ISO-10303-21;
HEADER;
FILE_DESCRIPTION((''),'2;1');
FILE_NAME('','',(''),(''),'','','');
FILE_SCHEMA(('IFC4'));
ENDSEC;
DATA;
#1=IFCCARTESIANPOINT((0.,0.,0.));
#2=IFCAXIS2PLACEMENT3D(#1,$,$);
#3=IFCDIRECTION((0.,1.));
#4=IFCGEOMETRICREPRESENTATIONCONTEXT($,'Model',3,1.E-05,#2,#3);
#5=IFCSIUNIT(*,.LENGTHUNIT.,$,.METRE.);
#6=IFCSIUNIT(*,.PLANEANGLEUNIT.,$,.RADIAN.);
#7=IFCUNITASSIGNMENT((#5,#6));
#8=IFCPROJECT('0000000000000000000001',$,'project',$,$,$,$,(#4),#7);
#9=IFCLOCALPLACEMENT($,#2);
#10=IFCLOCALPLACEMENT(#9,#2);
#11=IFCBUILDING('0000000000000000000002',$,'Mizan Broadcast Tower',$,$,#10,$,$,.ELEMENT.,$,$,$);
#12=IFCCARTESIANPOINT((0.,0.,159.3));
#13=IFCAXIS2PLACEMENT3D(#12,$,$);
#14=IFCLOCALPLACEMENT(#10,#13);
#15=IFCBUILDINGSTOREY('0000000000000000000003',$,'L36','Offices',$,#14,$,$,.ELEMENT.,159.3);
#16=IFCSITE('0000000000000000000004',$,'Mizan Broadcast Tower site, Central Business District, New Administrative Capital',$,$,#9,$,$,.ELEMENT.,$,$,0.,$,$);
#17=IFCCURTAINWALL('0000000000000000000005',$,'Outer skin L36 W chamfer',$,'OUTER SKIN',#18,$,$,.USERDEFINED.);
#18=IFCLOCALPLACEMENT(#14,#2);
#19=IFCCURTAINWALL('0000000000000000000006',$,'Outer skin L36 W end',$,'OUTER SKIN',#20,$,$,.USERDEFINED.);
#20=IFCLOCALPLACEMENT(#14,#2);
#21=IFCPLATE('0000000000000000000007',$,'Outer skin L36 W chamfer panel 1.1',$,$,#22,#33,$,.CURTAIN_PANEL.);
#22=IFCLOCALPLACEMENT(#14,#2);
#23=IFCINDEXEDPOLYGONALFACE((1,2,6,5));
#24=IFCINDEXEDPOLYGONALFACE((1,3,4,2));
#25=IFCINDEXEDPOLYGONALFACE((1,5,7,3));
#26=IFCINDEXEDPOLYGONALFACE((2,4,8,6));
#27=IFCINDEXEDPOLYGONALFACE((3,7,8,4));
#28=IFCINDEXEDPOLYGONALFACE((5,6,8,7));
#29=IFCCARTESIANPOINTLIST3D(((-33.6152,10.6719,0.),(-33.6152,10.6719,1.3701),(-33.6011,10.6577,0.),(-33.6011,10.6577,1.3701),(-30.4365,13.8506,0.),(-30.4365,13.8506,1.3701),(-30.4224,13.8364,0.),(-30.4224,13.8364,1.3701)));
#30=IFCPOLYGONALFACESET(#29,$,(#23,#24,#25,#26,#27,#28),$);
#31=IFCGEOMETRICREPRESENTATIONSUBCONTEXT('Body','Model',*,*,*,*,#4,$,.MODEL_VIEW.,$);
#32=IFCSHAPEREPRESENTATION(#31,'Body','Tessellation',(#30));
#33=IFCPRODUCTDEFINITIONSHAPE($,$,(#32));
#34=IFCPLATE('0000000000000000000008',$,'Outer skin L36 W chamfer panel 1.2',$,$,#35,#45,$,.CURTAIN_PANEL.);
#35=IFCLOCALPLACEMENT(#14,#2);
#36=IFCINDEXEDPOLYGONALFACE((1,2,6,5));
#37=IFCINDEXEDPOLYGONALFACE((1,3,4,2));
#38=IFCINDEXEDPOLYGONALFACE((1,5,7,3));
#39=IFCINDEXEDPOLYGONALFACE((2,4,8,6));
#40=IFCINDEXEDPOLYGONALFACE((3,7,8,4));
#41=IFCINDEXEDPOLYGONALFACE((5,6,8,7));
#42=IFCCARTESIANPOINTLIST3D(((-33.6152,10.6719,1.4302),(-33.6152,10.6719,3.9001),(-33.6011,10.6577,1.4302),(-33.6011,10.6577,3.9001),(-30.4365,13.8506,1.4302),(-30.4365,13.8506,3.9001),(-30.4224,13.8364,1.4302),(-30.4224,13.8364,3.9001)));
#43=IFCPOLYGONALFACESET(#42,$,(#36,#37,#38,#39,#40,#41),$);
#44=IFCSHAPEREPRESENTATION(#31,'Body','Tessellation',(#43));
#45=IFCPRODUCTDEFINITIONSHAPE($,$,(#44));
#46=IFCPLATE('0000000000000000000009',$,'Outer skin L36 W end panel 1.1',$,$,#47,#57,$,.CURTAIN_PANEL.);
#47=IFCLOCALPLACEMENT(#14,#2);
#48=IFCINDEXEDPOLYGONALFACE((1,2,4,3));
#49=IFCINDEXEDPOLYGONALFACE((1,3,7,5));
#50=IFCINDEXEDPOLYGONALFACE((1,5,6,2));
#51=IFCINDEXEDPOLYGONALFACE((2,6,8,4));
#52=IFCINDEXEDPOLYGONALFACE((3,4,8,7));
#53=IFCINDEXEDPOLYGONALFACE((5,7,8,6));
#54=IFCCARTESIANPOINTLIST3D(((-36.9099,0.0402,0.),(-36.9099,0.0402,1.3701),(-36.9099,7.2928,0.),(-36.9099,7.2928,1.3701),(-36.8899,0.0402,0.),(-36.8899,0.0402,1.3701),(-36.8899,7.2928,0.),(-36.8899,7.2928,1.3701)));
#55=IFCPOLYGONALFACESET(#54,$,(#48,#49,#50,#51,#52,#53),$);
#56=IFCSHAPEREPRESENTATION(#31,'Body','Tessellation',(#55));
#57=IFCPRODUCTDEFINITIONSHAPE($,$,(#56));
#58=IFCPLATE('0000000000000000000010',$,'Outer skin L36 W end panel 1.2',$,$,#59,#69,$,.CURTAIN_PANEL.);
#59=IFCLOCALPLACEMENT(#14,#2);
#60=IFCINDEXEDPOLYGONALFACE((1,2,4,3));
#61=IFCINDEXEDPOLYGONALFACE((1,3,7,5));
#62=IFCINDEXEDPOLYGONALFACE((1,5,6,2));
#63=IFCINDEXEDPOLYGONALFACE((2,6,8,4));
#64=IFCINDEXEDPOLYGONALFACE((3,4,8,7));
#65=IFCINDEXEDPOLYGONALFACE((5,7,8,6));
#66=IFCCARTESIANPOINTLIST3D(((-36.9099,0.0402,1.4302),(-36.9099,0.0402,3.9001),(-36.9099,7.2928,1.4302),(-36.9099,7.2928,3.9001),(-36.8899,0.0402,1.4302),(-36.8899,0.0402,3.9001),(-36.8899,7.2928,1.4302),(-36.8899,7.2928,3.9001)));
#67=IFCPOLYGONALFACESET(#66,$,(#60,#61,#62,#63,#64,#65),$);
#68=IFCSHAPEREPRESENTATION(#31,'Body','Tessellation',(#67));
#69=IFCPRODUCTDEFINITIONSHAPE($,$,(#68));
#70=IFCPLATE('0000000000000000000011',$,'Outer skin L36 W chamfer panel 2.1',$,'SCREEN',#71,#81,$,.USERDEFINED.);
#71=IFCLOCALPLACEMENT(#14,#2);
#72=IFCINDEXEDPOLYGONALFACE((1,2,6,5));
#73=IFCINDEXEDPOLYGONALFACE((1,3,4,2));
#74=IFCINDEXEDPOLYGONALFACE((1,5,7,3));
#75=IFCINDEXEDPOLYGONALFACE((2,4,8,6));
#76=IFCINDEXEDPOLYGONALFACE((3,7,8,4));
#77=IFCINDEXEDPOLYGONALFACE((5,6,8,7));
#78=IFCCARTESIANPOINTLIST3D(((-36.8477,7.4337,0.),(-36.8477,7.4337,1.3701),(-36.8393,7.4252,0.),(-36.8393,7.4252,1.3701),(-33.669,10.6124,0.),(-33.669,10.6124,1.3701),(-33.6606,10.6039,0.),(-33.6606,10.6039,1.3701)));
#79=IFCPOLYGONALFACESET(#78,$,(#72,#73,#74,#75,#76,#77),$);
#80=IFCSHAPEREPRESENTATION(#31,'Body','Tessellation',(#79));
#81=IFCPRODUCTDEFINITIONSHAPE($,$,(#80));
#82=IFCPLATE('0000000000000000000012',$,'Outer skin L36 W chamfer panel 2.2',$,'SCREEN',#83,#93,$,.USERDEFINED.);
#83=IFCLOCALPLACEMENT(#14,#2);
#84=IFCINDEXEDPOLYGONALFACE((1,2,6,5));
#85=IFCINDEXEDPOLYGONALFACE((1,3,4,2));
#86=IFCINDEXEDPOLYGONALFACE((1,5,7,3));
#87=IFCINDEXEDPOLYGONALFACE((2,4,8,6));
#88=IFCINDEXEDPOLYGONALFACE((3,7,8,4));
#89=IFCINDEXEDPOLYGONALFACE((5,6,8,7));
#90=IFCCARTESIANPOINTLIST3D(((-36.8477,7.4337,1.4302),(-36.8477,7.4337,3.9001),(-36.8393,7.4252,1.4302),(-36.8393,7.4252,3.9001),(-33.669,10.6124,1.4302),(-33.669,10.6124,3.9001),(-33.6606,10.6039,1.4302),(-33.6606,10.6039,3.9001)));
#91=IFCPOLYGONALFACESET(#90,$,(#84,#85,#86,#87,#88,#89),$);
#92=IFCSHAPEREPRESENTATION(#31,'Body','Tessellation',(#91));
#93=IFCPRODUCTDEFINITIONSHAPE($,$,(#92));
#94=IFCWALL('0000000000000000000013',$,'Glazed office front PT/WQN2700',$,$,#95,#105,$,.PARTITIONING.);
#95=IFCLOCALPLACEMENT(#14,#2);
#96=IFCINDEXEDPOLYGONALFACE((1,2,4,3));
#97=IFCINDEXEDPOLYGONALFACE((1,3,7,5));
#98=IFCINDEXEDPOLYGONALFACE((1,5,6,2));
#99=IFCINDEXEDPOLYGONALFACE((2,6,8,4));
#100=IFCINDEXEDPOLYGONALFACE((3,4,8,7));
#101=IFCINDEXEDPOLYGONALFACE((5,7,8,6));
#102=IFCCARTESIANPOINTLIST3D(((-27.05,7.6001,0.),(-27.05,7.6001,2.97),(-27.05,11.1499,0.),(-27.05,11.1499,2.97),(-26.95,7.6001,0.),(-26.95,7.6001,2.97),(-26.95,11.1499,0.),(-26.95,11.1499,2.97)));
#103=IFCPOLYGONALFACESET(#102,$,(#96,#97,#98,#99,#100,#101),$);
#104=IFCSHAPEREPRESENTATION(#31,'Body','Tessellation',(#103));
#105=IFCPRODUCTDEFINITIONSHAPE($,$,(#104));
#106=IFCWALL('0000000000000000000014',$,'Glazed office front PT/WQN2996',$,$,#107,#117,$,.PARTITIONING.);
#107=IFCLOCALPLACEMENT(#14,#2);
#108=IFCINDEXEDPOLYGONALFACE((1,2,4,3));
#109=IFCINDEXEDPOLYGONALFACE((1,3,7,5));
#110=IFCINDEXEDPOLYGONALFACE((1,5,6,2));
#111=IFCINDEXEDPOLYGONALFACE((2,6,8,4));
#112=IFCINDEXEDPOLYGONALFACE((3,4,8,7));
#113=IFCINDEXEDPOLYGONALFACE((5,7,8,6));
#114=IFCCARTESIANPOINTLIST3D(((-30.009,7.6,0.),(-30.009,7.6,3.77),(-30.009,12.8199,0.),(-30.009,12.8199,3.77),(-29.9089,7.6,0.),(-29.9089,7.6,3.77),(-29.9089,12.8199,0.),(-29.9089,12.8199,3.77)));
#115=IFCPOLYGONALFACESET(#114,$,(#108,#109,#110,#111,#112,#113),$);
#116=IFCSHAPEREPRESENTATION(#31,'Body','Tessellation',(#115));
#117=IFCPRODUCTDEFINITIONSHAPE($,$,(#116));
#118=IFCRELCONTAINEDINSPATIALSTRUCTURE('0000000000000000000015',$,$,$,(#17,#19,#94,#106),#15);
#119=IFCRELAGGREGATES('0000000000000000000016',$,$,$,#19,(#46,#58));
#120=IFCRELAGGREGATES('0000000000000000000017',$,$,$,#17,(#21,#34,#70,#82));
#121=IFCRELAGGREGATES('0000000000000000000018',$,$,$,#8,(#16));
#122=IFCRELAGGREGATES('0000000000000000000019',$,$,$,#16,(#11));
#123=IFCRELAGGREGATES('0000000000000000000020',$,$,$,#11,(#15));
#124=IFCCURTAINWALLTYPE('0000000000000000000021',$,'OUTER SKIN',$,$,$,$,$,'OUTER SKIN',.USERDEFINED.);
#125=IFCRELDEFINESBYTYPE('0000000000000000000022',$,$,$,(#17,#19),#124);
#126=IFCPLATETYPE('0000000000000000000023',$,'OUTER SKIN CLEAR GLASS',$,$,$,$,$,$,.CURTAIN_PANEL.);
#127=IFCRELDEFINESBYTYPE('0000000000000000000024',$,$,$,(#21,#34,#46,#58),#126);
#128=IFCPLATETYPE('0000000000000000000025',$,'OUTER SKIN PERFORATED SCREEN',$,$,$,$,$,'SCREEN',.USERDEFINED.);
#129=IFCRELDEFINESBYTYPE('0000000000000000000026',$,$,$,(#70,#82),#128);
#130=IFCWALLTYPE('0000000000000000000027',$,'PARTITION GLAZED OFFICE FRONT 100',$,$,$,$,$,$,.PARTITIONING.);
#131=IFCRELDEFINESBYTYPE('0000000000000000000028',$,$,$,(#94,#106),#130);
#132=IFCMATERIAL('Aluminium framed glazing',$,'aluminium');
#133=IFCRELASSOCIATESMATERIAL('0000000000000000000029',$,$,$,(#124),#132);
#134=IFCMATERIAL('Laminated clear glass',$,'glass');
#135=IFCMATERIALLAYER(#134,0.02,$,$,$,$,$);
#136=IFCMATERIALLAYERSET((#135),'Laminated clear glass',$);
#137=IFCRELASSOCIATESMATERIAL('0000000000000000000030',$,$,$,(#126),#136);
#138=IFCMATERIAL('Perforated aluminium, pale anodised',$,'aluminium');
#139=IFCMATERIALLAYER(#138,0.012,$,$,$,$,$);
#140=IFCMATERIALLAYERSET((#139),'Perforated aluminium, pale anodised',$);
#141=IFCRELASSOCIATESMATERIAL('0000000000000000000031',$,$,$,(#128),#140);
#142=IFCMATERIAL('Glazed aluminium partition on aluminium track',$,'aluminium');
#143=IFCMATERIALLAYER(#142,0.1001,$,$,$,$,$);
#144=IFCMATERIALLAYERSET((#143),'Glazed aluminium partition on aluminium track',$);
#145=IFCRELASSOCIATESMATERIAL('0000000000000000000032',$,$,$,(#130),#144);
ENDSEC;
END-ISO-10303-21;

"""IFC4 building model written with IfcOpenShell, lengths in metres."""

from ifc_helpers import new_model, si_unit, direction, frame, frame_2d, origin, origin_2d, place, context, subcontext, project, spatial, rectangle, extrude, material, layer, layer_set, type_object, element, aggregate, save


model = new_model("IFC4")

# Units and contexts
model_context = context("Model", 3, precision=1e-05, world=origin(), true_north=direction((0.0, 1.0)))
body_context = subcontext(model_context, "Body", "Model", "MODEL_VIEW")
ifc_project = project(units=[si_unit("LENGTHUNIT", "METRE"), si_unit("PLANEANGLEUNIT", "RADIAN")], contexts=[model_context])

# Site, building, storey
site_placement = place(None, origin())
site = spatial("IfcSite", under=ifc_project, at=site_placement, Name="Mizan Broadcast Tower site, Central Business District, New Administrative Capital", CompositionType="ELEMENT", RefElevation=0.0)
building_placement = place(site_placement, origin())
building = spatial("IfcBuilding", under=site, at=building_placement, Name="Mizan Broadcast Tower", CompositionType="ELEMENT")
storey_placement = place(building_placement, frame((0.0, 0.0, 159.3)))
storey = spatial("IfcBuildingStorey", under=building, at=storey_placement, Name="L36", Description="Offices", CompositionType="ELEMENT", Elevation=159.3)

# Shared definitions
ifc_material_1 = material(Name="Aluminium framed glazing", Category="aluminium")
curtain_wall_type_1 = type_object("IfcCurtainWallType", Name="OUTER SKIN", ElementType="OUTER SKIN", PredefinedType="USERDEFINED", material=ifc_material_1)

# Curtain wall
curtain_wall_1_placement = place(storey_placement, origin())
curtain_wall_1 = element("IfcCurtainWall", 1, at=curtain_wall_1_placement, inside=storey, type_object=curtain_wall_type_1, Name="Outer skin L36 W chamfer", ObjectType="OUTER SKIN", PredefinedType="USERDEFINED")

# Curtain wall
curtain_wall_2_placement = place(storey_placement, origin())
curtain_wall_2 = element("IfcCurtainWall", 2, at=curtain_wall_2_placement, inside=storey, type_object=curtain_wall_type_1, Name="Outer skin L36 W end", ObjectType="OUTER SKIN", PredefinedType="USERDEFINED")

# Plates
ifc_material_2 = material(Name="Laminated clear glass", Category="glass")
ifc_layer_1 = layer(ifc_material_2, 0.02)
ifc_layer_set_1 = layer_set([ifc_layer_1], Name="Laminated clear glass")
plate_type_1 = type_object("IfcPlateType", Name="OUTER SKIN CLEAR GLASS", PredefinedType="CURTAIN_PANEL", material=ifc_layer_set_1)
plate_1_placement = place(storey_placement, frame((-32.0188, 12.2542, 0.0), z_axis=(0.0, 0.0, 1.0), x_axis=(-0.707107, -0.707107, 0.0)))
plate_1 = element("IfcPlate", 3, at=plate_1_placement, type_object=plate_type_1, Name="Outer skin L36 W chamfer panel 1.1", PredefinedType="CURTAIN_PANEL", context=body_context, shape_type="SweptSolid", body=[
    extrude(rectangle(XDim=4.4954, YDim=0.02, at=origin_2d()), origin(), (0.0, 0.0, 1.0), 1.3701),
])
plate_2_placement = place(storey_placement, frame((-32.0188, 12.2542, 1.4302), z_axis=(0.0, 0.0, 1.0), x_axis=(-0.707107, -0.707107, 0.0)))
plate_2 = element("IfcPlate", 4, at=plate_2_placement, type_object=plate_type_1, Name="Outer skin L36 W chamfer panel 1.2", PredefinedType="CURTAIN_PANEL", context=body_context, shape_type="SweptSolid", body=[
    extrude(rectangle(XDim=4.4954, YDim=0.02, at=origin_2d()), origin(), (0.0, 0.0, 1.0), 2.47),
])
plate_3_placement = place(storey_placement, frame((-36.8999, 3.6665, 0.0), z_axis=(0.0, 0.0, 1.0), x_axis=(0.0, -1.0, 0.0)))
plate_3 = element("IfcPlate", 5, at=plate_3_placement, type_object=plate_type_1, Name="Outer skin L36 W end panel 1.1", PredefinedType="CURTAIN_PANEL", context=body_context, shape_type="SweptSolid", body=[
    extrude(rectangle(XDim=7.2527, YDim=0.02, at=origin_2d()), origin(), (0.0, 0.0, 1.0), 1.3701),
])
plate_4_placement = place(storey_placement, frame((-36.8999, 3.6665, 1.4302), z_axis=(0.0, 0.0, 1.0), x_axis=(0.0, -1.0, 0.0)))
plate_4 = element("IfcPlate", 6, at=plate_4_placement, type_object=plate_type_1, Name="Outer skin L36 W end panel 1.2", PredefinedType="CURTAIN_PANEL", context=body_context, shape_type="SweptSolid", body=[
    extrude(rectangle(XDim=7.2527, YDim=0.02, at=origin_2d()), origin(), (0.0, 0.0, 1.0), 2.47),
])
aggregate(curtain_wall_2, [plate_3, plate_4])
ifc_material_3 = material(Name="Perforated aluminium, pale anodised", Category="aluminium")
ifc_layer_2 = layer(ifc_material_3, 0.012)
ifc_layer_set_2 = layer_set([ifc_layer_2], Name="Perforated aluminium, pale anodised")
plate_type_2 = type_object("IfcPlateType", Name="OUTER SKIN PERFORATED SCREEN", ElementType="SCREEN", PredefinedType="USERDEFINED", material=ifc_layer_set_2)
plate_5_placement = place(storey_placement, frame((-35.2542, 9.0188, 0.0), z_axis=(0.0, 0.0, 1.0), x_axis=(-0.707107, -0.707107, 0.0)))
plate_5 = element("IfcPlate", 7, at=plate_5_placement, type_object=plate_type_2, Name="Outer skin L36 W chamfer panel 2.1", ObjectType="SCREEN", PredefinedType="USERDEFINED", context=body_context, shape_type="SweptSolid", body=[
    extrude(rectangle(XDim=4.4954, YDim=0.012, at=origin_2d()), origin(), (0.0, 0.0, 1.0), 1.3701),
])
plate_6_placement = place(storey_placement, frame((-35.2542, 9.0188, 1.4302), z_axis=(0.0, 0.0, 1.0), x_axis=(-0.707107, -0.707107, 0.0)))
plate_6 = element("IfcPlate", 8, at=plate_6_placement, type_object=plate_type_2, Name="Outer skin L36 W chamfer panel 2.2", ObjectType="SCREEN", PredefinedType="USERDEFINED", context=body_context, shape_type="SweptSolid", body=[
    extrude(rectangle(XDim=4.4954, YDim=0.012, at=origin_2d()), origin(), (0.0, 0.0, 1.0), 2.47),
])
aggregate(curtain_wall_1, [plate_1, plate_2, plate_5, plate_6])

# Walls
ifc_material_4 = material(Name="Glazed aluminium partition on aluminium track", Category="aluminium")
ifc_layer_3 = layer(ifc_material_4, 0.1001)
ifc_layer_set_3 = layer_set([ifc_layer_3], Name="Glazed aluminium partition on aluminium track")
wall_type = type_object("IfcWallType", Name="PARTITION GLAZED OFFICE FRONT 100", PredefinedType="PARTITIONING", material=ifc_layer_set_3)
wall_1_placement = place(storey_placement, frame((-27.0, 7.6001, 0.0), z_axis=(0.0, 0.0, 1.0), x_axis=(0.0, 1.0, 0.0)))
element("IfcWall", 9, at=wall_1_placement, inside=storey, type_object=wall_type, Name="Glazed office front PT/WQN2700", PredefinedType="PARTITIONING", context=body_context, shape_type="SweptSolid", body=[
    extrude(rectangle(XDim=3.5498, YDim=0.1001, at=frame_2d((1.7749, 0.0))), origin(), (0.0, 0.0, 1.0), 2.97),
])
wall_2_placement = place(storey_placement, frame((-29.959, 7.6001, 0.0), z_axis=(0.0, 0.0, 1.0), x_axis=(0.0, 1.0, 0.0)))
element("IfcWall", 10, at=wall_2_placement, inside=storey, type_object=wall_type, Name="Glazed office front PT/WQN2996", PredefinedType="PARTITIONING", context=body_context, shape_type="SweptSolid", body=[
    extrude(rectangle(XDim=5.22, YDim=0.1001, at=frame_2d((2.6099, 0.0))), origin(), (0.0, 0.0, 1.0), 3.77),
])

save(model, "model.ifc")
